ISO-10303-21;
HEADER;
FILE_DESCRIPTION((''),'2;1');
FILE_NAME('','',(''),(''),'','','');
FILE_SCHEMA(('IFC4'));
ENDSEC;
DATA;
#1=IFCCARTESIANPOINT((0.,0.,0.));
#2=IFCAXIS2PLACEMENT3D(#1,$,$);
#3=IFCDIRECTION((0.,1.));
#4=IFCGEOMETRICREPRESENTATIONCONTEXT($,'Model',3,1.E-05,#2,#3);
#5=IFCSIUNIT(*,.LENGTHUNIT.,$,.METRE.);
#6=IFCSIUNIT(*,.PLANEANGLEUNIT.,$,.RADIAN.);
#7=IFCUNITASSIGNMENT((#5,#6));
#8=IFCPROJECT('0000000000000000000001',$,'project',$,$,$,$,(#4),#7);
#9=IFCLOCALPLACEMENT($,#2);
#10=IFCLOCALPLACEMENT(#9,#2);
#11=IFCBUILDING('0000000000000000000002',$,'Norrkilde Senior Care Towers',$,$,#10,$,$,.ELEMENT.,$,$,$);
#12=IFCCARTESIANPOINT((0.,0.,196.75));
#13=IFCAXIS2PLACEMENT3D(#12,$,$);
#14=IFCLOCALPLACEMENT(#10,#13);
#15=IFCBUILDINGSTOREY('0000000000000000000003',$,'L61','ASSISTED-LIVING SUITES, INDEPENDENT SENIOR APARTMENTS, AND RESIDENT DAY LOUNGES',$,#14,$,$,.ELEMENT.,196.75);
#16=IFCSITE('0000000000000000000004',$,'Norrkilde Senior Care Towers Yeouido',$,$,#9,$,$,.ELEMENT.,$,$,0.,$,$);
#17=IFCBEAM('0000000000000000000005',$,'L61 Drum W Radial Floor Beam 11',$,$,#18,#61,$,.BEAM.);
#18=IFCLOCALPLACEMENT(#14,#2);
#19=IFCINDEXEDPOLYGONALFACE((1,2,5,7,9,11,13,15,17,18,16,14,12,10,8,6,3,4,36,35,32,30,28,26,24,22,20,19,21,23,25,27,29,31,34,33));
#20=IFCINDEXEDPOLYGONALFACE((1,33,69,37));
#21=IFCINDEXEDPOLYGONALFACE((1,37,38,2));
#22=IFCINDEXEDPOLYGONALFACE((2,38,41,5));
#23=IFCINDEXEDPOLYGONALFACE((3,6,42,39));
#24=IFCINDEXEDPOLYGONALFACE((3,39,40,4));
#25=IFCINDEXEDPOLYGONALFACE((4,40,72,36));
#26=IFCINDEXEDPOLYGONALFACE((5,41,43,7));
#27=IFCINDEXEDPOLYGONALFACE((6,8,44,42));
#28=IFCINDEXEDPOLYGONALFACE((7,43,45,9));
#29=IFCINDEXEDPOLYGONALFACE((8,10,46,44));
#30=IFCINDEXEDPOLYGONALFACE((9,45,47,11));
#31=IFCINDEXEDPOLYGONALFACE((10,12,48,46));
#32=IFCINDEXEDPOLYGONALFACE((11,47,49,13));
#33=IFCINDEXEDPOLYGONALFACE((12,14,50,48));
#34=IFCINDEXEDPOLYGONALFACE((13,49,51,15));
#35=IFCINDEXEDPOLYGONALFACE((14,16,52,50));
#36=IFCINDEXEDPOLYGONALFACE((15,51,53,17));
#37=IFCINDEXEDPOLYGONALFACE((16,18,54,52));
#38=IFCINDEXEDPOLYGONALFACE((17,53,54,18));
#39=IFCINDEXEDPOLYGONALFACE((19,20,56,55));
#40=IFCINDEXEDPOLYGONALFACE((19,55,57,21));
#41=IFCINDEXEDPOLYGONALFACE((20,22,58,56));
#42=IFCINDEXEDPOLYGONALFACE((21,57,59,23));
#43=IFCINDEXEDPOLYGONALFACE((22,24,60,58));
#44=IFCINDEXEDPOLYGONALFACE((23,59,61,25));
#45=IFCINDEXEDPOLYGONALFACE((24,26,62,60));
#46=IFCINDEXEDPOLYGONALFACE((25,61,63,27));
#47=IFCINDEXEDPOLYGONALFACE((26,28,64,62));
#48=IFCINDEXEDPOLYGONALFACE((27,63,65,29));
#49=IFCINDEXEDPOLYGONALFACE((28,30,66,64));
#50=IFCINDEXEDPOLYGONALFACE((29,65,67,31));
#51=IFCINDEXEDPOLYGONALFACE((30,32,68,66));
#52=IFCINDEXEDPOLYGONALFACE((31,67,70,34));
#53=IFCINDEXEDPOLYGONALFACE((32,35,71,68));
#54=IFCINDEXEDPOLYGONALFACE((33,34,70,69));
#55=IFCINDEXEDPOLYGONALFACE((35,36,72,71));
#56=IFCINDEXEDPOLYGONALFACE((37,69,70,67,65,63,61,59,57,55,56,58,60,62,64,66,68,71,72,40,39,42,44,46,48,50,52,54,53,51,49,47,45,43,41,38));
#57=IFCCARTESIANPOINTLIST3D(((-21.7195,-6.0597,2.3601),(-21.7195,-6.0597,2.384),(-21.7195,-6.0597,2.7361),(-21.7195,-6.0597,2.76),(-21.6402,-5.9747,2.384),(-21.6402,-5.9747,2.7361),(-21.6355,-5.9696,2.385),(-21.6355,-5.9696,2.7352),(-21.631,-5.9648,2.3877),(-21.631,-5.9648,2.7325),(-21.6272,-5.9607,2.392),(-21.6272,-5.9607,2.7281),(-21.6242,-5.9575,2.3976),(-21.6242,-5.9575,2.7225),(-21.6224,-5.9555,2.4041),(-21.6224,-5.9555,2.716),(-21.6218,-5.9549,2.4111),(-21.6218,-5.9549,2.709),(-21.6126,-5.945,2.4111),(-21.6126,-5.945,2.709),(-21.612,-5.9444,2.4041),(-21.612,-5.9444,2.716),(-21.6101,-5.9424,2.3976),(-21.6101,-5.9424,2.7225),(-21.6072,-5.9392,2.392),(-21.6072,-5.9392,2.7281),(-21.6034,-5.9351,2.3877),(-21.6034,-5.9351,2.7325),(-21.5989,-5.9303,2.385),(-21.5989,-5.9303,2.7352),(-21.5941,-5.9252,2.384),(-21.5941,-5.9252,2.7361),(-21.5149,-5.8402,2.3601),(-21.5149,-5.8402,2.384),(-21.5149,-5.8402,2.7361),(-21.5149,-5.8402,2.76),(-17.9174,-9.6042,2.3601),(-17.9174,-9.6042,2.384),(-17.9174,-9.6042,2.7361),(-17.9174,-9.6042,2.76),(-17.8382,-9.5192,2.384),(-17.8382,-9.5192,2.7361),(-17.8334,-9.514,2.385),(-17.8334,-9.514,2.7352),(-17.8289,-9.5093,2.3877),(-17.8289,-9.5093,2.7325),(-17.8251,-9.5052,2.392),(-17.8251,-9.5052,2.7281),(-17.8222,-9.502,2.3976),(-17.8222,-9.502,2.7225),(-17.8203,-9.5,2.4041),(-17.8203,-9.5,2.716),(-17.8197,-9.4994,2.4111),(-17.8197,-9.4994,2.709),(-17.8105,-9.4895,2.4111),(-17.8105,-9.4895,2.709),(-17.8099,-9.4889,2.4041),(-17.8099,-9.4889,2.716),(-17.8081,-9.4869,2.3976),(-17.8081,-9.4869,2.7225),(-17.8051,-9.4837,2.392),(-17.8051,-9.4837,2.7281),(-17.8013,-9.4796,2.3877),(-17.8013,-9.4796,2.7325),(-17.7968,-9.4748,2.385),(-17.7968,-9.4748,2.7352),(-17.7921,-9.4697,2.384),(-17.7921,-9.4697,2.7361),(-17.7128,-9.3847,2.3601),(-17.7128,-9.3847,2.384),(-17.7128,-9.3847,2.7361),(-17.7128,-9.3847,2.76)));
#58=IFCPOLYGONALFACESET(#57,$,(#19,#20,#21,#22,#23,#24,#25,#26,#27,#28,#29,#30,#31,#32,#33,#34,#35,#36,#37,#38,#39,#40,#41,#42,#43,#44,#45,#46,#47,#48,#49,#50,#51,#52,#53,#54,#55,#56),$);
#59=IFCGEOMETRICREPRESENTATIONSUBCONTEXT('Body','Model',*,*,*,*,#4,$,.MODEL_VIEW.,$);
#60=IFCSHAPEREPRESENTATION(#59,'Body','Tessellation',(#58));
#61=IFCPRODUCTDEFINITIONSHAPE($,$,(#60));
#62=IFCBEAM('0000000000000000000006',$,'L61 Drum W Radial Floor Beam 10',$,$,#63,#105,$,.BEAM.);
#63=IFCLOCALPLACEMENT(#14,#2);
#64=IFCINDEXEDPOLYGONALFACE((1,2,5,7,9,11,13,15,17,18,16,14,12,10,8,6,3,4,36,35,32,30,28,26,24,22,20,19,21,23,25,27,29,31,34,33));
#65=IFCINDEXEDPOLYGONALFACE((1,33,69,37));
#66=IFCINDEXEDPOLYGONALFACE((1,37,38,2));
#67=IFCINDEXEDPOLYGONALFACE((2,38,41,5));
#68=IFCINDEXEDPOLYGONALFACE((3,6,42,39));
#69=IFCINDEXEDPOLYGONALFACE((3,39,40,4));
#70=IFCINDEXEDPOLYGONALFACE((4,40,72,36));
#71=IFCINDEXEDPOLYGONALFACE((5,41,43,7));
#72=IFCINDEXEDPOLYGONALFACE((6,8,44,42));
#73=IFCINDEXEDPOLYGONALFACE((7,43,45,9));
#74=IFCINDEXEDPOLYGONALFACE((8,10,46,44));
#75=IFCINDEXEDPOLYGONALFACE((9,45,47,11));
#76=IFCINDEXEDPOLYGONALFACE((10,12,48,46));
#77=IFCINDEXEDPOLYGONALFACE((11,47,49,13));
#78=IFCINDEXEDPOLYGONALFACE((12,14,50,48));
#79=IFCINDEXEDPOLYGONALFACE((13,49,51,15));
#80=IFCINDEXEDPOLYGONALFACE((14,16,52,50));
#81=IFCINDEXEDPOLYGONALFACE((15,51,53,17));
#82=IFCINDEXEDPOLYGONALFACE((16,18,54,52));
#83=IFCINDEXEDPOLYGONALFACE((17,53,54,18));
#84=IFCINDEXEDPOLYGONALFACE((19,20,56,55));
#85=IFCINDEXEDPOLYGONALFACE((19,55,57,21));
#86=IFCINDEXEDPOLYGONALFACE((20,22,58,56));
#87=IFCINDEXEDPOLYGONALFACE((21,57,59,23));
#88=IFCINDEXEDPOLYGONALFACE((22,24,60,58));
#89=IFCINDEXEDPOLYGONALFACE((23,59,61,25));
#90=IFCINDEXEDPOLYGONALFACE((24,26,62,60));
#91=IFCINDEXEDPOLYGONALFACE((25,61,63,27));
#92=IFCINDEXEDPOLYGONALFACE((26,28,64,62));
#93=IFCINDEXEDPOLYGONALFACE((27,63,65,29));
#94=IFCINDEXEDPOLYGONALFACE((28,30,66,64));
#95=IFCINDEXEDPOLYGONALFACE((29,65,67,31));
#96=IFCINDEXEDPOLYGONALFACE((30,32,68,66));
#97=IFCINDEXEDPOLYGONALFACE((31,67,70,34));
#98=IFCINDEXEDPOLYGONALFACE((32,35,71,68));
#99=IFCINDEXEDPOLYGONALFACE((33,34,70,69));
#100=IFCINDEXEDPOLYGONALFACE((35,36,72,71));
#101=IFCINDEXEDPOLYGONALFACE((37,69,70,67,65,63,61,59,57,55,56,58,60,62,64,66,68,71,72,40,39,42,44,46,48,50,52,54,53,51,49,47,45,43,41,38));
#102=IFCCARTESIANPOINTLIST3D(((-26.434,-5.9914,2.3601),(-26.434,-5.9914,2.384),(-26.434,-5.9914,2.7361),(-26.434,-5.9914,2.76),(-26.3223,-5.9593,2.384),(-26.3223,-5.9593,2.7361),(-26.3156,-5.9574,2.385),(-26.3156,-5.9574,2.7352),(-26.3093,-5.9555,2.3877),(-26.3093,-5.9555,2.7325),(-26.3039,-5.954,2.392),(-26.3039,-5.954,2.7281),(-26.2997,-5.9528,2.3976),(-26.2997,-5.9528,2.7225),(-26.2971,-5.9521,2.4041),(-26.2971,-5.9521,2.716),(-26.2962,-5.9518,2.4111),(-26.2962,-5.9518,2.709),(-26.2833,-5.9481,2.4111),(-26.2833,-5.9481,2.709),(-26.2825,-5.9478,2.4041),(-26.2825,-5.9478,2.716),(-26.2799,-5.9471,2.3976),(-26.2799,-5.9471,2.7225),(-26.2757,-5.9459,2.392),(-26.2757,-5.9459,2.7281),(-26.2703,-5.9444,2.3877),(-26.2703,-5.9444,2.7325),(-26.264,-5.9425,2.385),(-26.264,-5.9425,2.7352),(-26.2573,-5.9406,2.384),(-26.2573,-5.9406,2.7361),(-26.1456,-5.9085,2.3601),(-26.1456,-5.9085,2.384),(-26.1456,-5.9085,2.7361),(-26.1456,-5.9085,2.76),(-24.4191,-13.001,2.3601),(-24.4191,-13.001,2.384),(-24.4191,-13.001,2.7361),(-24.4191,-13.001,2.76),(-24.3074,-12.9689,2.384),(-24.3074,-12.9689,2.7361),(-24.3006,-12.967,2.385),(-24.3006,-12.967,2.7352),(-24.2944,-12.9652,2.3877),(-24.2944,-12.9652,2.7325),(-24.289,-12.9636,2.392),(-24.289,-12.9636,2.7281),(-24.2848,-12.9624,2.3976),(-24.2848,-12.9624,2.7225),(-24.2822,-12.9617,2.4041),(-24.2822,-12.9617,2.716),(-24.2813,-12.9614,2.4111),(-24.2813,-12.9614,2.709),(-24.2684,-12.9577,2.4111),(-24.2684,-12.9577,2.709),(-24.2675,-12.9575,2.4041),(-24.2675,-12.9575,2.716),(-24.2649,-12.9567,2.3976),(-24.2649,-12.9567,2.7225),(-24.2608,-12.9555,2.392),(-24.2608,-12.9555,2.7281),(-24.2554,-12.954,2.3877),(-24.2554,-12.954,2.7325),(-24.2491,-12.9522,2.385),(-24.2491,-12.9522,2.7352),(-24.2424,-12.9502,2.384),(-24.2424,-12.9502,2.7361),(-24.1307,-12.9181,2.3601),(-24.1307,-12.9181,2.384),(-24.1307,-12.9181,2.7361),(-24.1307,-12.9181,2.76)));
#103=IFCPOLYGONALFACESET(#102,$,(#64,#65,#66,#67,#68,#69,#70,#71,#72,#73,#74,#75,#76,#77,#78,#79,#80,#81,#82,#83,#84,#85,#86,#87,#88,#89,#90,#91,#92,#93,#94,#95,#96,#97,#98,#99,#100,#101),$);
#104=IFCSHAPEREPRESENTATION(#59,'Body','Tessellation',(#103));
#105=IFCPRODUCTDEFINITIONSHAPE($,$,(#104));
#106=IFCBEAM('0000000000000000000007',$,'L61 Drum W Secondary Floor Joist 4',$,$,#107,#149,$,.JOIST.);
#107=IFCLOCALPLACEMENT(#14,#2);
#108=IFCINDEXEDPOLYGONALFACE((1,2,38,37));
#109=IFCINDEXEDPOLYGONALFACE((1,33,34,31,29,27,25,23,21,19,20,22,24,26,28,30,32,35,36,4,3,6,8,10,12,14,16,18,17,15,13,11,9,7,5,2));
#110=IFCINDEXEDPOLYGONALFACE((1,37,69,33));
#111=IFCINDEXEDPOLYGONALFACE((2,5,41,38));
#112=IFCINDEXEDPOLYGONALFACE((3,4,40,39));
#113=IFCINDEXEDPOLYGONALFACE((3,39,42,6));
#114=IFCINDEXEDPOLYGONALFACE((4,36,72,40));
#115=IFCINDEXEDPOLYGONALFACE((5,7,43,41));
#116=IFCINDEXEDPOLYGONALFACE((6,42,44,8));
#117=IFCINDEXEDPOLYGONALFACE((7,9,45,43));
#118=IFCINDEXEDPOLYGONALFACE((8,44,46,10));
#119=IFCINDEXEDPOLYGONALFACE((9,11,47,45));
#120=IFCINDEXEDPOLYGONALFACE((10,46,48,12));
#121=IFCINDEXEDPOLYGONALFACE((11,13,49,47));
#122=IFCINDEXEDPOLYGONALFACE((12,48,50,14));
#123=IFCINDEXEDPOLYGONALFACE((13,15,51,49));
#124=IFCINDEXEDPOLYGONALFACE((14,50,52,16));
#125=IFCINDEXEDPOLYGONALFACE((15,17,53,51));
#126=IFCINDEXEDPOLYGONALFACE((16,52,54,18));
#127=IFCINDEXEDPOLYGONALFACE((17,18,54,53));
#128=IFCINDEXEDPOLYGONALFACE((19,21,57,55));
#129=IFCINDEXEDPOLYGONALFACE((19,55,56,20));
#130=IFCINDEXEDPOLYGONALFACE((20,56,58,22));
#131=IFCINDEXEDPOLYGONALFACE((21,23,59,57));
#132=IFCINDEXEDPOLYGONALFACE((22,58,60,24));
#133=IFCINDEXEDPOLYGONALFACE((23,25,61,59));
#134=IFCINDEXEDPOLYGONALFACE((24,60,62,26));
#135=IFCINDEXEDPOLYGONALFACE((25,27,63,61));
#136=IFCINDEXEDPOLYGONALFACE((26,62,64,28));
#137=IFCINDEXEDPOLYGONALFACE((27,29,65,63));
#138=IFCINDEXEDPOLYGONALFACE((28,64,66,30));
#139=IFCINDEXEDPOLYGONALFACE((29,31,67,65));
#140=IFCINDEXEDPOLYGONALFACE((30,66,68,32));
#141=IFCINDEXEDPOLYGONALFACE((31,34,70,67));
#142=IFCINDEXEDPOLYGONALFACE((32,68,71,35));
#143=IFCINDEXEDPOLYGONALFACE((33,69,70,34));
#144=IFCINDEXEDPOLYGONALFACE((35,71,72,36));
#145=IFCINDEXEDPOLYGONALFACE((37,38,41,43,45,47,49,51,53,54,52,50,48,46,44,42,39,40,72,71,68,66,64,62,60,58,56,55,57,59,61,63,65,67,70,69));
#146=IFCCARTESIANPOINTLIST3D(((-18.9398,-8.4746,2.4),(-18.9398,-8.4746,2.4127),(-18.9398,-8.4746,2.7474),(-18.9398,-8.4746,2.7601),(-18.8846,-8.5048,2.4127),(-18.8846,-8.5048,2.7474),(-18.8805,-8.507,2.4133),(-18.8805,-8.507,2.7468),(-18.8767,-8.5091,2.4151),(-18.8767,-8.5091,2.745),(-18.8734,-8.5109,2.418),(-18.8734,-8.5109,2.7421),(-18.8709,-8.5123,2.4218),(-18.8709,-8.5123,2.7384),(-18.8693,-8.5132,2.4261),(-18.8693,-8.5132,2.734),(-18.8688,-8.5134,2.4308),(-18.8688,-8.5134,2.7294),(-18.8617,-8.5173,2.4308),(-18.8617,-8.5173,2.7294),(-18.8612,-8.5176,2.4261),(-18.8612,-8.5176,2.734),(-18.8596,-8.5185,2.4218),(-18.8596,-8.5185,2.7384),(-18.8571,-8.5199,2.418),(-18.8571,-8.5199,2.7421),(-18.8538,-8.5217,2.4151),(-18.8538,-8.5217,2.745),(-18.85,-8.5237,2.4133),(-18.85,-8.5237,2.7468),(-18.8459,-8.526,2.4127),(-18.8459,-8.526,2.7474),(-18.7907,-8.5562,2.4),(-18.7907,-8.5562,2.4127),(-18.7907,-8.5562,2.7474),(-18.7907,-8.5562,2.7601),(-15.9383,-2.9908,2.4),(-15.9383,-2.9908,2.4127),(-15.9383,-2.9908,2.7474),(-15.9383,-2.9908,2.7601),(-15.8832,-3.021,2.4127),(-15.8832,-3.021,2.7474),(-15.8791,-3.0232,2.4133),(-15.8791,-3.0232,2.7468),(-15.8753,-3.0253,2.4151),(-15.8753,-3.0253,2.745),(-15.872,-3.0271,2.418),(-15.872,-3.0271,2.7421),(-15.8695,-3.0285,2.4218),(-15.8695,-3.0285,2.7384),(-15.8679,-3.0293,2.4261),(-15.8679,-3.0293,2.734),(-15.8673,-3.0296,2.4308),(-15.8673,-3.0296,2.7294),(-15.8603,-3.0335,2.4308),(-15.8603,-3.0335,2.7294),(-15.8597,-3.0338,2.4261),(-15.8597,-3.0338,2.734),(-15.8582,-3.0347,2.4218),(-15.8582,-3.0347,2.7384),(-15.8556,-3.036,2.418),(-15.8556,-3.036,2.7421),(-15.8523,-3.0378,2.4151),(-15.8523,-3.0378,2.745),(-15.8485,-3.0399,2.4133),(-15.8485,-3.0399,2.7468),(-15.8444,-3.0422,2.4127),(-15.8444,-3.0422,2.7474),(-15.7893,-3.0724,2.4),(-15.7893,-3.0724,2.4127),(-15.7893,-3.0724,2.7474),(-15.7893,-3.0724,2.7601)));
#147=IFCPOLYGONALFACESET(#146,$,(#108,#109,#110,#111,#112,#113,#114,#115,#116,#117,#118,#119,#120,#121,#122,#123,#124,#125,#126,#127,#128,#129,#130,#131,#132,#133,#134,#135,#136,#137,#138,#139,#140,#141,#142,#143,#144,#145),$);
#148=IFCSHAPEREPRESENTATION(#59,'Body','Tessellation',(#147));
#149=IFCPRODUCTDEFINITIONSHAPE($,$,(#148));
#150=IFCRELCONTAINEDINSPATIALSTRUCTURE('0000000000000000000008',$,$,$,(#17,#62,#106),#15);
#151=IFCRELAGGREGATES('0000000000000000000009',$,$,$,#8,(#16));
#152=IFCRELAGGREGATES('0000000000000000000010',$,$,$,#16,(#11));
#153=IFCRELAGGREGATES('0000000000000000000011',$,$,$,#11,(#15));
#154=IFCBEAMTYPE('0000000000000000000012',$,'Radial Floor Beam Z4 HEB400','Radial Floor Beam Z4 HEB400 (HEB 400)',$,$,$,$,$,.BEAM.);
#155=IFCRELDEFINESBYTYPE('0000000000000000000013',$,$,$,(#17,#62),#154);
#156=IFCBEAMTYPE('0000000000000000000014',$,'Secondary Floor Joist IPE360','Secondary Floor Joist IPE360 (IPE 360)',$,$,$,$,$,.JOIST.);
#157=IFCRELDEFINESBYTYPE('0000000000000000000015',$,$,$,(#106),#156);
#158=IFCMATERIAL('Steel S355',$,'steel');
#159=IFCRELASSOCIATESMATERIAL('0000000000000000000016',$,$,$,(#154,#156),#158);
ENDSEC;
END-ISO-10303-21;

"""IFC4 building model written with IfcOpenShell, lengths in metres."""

from ifc_helpers import new_model, si_unit, direction, frame, origin, origin_2d, place, context, subcontext, project, spatial, i_section, extrude, source, transform, mapped, material, material_profile, profile_set, type_object, type_shapes, element, save


model = new_model("IFC4")

# Units and contexts
model_context = context("Model", 3, precision=1e-05, world=origin(), true_north=direction((0.0, 1.0)))
body_context = subcontext(model_context, "Body", "Model", "MODEL_VIEW")
ifc_project = project(units=[si_unit("LENGTHUNIT", "METRE"), si_unit("PLANEANGLEUNIT", "RADIAN")], contexts=[model_context])

# Site, building, storey
site_placement = place(None, origin())
site = spatial("IfcSite", under=ifc_project, at=site_placement, Name="Norrkilde Senior Care Towers Yeouido", CompositionType="ELEMENT", RefElevation=0.0)
building_placement = place(site_placement, origin())
building = spatial("IfcBuilding", under=site, at=building_placement, Name="Norrkilde Senior Care Towers", CompositionType="ELEMENT")
storey_placement = place(building_placement, frame((0.0, 0.0, 196.75)))
storey = spatial("IfcBuildingStorey", under=building, at=storey_placement, Name="L61", Description="ASSISTED-LIVING SUITES, INDEPENDENT SENIOR APARTMENTS, AND RESIDENT DAY LOUNGES", CompositionType="ELEMENT", Elevation=196.75)

# Beams
ifc_material_1 = material(Name="Steel S355", Category="steel")
ifc_material_profile_1 = material_profile(ifc_material_1, i_section(OverallWidth=0.3, OverallDepth=0.3999, WebThickness=0.0134, FlangeThickness=0.0239, FilletRadius=0.0271, at=origin_2d()), Name="HEB 400")
ifc_profile_set_1 = profile_set([ifc_material_profile_1], Name="Steel S355")
beam_type_1 = type_object("IfcBeamType", Name="Radial Floor Beam Z4 HEB400", Description="Radial Floor Beam Z4 HEB400 (HEB 400)", PredefinedType="BEAM", material=ifc_profile_set_1)
shared_shape_1 = source(origin(), body_context, "Body", "SweptSolid", [
    extrude(i_section(OverallWidth=0.3, OverallDepth=0.3999, WebThickness=0.0134, FlangeThickness=0.0239, FilletRadius=0.0271, at=origin_2d()), origin(), (0.0, 0.0, 1.0), 5.198),
])
beam_1_placement = place(storey_placement, frame((-21.6172, -5.95, 2.5601), z_axis=(0.731449, -0.681896, 0.0), x_axis=(0.681896, 0.731449, 0.0)))
element("IfcBeam", 1, at=beam_1_placement, inside=storey, type_object=beam_type_1, Name="L61 Drum W Radial Floor Beam 11", PredefinedType="BEAM", context=body_context, shape_type="MappedRepresentation", body=[
    mapped(shared_shape_1, transform((0.0, 0.0, 0.0), x_axis=(1.0, 0.0, 0.0), y_axis=(0.0, 1.0, 0.0), z_axis=(0.0, 0.0, 1.0), scale=1.0)),
])
shared_shape_2 = source(origin(), body_context, "Body", "SweptSolid", [
    extrude(i_section(OverallWidth=0.3, OverallDepth=0.3999, WebThickness=0.0134, FlangeThickness=0.0239, FilletRadius=0.0271, at=origin_2d()), origin(), (0.0, 0.0, 1.0), 7.2935),
])
beam_2_placement = place(storey_placement, frame((-26.2898, -5.95, 2.5601), z_axis=(0.276264, -0.961082, 0.0), x_axis=(0.961082, 0.276264, 0.0)))
element("IfcBeam", 2, at=beam_2_placement, inside=storey, type_object=beam_type_1, Name="L61 Drum W Radial Floor Beam 10", PredefinedType="BEAM", context=body_context, shape_type="MappedRepresentation", body=[
    mapped(shared_shape_2, transform((0.0, 0.0, 0.0), x_axis=(1.0, 0.0, 0.0), y_axis=(0.0, 1.0, 0.0), z_axis=(0.0, 0.0, 1.0), scale=1.0)),
])
ifc_material_profile_2 = material_profile(ifc_material_1, i_section(OverallWidth=0.1699, OverallDepth=0.3601, WebThickness=0.0081, FlangeThickness=0.0127, FilletRadius=0.0181, at=origin_2d()), Name="IPE 360")
ifc_profile_set_2 = profile_set([ifc_material_profile_2], Name="Steel S355")
beam_type_2 = type_object("IfcBeamType", Name="Secondary Floor Joist IPE360", Description="Secondary Floor Joist IPE360 (IPE 360)", PredefinedType="JOIST", material=ifc_profile_set_2)
shared_shape_3 = source(origin(), body_context, "Body", "SweptSolid", [
    extrude(i_section(OverallWidth=0.1699, OverallDepth=0.3601, WebThickness=0.0081, FlangeThickness=0.0127, FilletRadius=0.0181, at=origin_2d()), origin(), (0.0, 0.0, 1.0), 6.2515),
])
type_shapes(beam_type_2, [shared_shape_3])
beam_3_placement = place(storey_placement, frame((-18.8652, -8.5154, 2.5801), z_axis=(0.480116, 0.877205, 0.0), x_axis=(-0.877205, 0.480116, 0.0)))
element("IfcBeam", 3, at=beam_3_placement, inside=storey, type_object=beam_type_2, Name="L61 Drum W Secondary Floor Joist 4", PredefinedType="JOIST", context=body_context, shape_type="MappedRepresentation", body=[
    mapped(shared_shape_3, transform((0.0, 0.0, 0.0), x_axis=(1.0, 0.0, 0.0), y_axis=(0.0, 1.0, 0.0), z_axis=(0.0, 0.0, 1.0), scale=1.0)),
])

save(model, "model.ifc")
